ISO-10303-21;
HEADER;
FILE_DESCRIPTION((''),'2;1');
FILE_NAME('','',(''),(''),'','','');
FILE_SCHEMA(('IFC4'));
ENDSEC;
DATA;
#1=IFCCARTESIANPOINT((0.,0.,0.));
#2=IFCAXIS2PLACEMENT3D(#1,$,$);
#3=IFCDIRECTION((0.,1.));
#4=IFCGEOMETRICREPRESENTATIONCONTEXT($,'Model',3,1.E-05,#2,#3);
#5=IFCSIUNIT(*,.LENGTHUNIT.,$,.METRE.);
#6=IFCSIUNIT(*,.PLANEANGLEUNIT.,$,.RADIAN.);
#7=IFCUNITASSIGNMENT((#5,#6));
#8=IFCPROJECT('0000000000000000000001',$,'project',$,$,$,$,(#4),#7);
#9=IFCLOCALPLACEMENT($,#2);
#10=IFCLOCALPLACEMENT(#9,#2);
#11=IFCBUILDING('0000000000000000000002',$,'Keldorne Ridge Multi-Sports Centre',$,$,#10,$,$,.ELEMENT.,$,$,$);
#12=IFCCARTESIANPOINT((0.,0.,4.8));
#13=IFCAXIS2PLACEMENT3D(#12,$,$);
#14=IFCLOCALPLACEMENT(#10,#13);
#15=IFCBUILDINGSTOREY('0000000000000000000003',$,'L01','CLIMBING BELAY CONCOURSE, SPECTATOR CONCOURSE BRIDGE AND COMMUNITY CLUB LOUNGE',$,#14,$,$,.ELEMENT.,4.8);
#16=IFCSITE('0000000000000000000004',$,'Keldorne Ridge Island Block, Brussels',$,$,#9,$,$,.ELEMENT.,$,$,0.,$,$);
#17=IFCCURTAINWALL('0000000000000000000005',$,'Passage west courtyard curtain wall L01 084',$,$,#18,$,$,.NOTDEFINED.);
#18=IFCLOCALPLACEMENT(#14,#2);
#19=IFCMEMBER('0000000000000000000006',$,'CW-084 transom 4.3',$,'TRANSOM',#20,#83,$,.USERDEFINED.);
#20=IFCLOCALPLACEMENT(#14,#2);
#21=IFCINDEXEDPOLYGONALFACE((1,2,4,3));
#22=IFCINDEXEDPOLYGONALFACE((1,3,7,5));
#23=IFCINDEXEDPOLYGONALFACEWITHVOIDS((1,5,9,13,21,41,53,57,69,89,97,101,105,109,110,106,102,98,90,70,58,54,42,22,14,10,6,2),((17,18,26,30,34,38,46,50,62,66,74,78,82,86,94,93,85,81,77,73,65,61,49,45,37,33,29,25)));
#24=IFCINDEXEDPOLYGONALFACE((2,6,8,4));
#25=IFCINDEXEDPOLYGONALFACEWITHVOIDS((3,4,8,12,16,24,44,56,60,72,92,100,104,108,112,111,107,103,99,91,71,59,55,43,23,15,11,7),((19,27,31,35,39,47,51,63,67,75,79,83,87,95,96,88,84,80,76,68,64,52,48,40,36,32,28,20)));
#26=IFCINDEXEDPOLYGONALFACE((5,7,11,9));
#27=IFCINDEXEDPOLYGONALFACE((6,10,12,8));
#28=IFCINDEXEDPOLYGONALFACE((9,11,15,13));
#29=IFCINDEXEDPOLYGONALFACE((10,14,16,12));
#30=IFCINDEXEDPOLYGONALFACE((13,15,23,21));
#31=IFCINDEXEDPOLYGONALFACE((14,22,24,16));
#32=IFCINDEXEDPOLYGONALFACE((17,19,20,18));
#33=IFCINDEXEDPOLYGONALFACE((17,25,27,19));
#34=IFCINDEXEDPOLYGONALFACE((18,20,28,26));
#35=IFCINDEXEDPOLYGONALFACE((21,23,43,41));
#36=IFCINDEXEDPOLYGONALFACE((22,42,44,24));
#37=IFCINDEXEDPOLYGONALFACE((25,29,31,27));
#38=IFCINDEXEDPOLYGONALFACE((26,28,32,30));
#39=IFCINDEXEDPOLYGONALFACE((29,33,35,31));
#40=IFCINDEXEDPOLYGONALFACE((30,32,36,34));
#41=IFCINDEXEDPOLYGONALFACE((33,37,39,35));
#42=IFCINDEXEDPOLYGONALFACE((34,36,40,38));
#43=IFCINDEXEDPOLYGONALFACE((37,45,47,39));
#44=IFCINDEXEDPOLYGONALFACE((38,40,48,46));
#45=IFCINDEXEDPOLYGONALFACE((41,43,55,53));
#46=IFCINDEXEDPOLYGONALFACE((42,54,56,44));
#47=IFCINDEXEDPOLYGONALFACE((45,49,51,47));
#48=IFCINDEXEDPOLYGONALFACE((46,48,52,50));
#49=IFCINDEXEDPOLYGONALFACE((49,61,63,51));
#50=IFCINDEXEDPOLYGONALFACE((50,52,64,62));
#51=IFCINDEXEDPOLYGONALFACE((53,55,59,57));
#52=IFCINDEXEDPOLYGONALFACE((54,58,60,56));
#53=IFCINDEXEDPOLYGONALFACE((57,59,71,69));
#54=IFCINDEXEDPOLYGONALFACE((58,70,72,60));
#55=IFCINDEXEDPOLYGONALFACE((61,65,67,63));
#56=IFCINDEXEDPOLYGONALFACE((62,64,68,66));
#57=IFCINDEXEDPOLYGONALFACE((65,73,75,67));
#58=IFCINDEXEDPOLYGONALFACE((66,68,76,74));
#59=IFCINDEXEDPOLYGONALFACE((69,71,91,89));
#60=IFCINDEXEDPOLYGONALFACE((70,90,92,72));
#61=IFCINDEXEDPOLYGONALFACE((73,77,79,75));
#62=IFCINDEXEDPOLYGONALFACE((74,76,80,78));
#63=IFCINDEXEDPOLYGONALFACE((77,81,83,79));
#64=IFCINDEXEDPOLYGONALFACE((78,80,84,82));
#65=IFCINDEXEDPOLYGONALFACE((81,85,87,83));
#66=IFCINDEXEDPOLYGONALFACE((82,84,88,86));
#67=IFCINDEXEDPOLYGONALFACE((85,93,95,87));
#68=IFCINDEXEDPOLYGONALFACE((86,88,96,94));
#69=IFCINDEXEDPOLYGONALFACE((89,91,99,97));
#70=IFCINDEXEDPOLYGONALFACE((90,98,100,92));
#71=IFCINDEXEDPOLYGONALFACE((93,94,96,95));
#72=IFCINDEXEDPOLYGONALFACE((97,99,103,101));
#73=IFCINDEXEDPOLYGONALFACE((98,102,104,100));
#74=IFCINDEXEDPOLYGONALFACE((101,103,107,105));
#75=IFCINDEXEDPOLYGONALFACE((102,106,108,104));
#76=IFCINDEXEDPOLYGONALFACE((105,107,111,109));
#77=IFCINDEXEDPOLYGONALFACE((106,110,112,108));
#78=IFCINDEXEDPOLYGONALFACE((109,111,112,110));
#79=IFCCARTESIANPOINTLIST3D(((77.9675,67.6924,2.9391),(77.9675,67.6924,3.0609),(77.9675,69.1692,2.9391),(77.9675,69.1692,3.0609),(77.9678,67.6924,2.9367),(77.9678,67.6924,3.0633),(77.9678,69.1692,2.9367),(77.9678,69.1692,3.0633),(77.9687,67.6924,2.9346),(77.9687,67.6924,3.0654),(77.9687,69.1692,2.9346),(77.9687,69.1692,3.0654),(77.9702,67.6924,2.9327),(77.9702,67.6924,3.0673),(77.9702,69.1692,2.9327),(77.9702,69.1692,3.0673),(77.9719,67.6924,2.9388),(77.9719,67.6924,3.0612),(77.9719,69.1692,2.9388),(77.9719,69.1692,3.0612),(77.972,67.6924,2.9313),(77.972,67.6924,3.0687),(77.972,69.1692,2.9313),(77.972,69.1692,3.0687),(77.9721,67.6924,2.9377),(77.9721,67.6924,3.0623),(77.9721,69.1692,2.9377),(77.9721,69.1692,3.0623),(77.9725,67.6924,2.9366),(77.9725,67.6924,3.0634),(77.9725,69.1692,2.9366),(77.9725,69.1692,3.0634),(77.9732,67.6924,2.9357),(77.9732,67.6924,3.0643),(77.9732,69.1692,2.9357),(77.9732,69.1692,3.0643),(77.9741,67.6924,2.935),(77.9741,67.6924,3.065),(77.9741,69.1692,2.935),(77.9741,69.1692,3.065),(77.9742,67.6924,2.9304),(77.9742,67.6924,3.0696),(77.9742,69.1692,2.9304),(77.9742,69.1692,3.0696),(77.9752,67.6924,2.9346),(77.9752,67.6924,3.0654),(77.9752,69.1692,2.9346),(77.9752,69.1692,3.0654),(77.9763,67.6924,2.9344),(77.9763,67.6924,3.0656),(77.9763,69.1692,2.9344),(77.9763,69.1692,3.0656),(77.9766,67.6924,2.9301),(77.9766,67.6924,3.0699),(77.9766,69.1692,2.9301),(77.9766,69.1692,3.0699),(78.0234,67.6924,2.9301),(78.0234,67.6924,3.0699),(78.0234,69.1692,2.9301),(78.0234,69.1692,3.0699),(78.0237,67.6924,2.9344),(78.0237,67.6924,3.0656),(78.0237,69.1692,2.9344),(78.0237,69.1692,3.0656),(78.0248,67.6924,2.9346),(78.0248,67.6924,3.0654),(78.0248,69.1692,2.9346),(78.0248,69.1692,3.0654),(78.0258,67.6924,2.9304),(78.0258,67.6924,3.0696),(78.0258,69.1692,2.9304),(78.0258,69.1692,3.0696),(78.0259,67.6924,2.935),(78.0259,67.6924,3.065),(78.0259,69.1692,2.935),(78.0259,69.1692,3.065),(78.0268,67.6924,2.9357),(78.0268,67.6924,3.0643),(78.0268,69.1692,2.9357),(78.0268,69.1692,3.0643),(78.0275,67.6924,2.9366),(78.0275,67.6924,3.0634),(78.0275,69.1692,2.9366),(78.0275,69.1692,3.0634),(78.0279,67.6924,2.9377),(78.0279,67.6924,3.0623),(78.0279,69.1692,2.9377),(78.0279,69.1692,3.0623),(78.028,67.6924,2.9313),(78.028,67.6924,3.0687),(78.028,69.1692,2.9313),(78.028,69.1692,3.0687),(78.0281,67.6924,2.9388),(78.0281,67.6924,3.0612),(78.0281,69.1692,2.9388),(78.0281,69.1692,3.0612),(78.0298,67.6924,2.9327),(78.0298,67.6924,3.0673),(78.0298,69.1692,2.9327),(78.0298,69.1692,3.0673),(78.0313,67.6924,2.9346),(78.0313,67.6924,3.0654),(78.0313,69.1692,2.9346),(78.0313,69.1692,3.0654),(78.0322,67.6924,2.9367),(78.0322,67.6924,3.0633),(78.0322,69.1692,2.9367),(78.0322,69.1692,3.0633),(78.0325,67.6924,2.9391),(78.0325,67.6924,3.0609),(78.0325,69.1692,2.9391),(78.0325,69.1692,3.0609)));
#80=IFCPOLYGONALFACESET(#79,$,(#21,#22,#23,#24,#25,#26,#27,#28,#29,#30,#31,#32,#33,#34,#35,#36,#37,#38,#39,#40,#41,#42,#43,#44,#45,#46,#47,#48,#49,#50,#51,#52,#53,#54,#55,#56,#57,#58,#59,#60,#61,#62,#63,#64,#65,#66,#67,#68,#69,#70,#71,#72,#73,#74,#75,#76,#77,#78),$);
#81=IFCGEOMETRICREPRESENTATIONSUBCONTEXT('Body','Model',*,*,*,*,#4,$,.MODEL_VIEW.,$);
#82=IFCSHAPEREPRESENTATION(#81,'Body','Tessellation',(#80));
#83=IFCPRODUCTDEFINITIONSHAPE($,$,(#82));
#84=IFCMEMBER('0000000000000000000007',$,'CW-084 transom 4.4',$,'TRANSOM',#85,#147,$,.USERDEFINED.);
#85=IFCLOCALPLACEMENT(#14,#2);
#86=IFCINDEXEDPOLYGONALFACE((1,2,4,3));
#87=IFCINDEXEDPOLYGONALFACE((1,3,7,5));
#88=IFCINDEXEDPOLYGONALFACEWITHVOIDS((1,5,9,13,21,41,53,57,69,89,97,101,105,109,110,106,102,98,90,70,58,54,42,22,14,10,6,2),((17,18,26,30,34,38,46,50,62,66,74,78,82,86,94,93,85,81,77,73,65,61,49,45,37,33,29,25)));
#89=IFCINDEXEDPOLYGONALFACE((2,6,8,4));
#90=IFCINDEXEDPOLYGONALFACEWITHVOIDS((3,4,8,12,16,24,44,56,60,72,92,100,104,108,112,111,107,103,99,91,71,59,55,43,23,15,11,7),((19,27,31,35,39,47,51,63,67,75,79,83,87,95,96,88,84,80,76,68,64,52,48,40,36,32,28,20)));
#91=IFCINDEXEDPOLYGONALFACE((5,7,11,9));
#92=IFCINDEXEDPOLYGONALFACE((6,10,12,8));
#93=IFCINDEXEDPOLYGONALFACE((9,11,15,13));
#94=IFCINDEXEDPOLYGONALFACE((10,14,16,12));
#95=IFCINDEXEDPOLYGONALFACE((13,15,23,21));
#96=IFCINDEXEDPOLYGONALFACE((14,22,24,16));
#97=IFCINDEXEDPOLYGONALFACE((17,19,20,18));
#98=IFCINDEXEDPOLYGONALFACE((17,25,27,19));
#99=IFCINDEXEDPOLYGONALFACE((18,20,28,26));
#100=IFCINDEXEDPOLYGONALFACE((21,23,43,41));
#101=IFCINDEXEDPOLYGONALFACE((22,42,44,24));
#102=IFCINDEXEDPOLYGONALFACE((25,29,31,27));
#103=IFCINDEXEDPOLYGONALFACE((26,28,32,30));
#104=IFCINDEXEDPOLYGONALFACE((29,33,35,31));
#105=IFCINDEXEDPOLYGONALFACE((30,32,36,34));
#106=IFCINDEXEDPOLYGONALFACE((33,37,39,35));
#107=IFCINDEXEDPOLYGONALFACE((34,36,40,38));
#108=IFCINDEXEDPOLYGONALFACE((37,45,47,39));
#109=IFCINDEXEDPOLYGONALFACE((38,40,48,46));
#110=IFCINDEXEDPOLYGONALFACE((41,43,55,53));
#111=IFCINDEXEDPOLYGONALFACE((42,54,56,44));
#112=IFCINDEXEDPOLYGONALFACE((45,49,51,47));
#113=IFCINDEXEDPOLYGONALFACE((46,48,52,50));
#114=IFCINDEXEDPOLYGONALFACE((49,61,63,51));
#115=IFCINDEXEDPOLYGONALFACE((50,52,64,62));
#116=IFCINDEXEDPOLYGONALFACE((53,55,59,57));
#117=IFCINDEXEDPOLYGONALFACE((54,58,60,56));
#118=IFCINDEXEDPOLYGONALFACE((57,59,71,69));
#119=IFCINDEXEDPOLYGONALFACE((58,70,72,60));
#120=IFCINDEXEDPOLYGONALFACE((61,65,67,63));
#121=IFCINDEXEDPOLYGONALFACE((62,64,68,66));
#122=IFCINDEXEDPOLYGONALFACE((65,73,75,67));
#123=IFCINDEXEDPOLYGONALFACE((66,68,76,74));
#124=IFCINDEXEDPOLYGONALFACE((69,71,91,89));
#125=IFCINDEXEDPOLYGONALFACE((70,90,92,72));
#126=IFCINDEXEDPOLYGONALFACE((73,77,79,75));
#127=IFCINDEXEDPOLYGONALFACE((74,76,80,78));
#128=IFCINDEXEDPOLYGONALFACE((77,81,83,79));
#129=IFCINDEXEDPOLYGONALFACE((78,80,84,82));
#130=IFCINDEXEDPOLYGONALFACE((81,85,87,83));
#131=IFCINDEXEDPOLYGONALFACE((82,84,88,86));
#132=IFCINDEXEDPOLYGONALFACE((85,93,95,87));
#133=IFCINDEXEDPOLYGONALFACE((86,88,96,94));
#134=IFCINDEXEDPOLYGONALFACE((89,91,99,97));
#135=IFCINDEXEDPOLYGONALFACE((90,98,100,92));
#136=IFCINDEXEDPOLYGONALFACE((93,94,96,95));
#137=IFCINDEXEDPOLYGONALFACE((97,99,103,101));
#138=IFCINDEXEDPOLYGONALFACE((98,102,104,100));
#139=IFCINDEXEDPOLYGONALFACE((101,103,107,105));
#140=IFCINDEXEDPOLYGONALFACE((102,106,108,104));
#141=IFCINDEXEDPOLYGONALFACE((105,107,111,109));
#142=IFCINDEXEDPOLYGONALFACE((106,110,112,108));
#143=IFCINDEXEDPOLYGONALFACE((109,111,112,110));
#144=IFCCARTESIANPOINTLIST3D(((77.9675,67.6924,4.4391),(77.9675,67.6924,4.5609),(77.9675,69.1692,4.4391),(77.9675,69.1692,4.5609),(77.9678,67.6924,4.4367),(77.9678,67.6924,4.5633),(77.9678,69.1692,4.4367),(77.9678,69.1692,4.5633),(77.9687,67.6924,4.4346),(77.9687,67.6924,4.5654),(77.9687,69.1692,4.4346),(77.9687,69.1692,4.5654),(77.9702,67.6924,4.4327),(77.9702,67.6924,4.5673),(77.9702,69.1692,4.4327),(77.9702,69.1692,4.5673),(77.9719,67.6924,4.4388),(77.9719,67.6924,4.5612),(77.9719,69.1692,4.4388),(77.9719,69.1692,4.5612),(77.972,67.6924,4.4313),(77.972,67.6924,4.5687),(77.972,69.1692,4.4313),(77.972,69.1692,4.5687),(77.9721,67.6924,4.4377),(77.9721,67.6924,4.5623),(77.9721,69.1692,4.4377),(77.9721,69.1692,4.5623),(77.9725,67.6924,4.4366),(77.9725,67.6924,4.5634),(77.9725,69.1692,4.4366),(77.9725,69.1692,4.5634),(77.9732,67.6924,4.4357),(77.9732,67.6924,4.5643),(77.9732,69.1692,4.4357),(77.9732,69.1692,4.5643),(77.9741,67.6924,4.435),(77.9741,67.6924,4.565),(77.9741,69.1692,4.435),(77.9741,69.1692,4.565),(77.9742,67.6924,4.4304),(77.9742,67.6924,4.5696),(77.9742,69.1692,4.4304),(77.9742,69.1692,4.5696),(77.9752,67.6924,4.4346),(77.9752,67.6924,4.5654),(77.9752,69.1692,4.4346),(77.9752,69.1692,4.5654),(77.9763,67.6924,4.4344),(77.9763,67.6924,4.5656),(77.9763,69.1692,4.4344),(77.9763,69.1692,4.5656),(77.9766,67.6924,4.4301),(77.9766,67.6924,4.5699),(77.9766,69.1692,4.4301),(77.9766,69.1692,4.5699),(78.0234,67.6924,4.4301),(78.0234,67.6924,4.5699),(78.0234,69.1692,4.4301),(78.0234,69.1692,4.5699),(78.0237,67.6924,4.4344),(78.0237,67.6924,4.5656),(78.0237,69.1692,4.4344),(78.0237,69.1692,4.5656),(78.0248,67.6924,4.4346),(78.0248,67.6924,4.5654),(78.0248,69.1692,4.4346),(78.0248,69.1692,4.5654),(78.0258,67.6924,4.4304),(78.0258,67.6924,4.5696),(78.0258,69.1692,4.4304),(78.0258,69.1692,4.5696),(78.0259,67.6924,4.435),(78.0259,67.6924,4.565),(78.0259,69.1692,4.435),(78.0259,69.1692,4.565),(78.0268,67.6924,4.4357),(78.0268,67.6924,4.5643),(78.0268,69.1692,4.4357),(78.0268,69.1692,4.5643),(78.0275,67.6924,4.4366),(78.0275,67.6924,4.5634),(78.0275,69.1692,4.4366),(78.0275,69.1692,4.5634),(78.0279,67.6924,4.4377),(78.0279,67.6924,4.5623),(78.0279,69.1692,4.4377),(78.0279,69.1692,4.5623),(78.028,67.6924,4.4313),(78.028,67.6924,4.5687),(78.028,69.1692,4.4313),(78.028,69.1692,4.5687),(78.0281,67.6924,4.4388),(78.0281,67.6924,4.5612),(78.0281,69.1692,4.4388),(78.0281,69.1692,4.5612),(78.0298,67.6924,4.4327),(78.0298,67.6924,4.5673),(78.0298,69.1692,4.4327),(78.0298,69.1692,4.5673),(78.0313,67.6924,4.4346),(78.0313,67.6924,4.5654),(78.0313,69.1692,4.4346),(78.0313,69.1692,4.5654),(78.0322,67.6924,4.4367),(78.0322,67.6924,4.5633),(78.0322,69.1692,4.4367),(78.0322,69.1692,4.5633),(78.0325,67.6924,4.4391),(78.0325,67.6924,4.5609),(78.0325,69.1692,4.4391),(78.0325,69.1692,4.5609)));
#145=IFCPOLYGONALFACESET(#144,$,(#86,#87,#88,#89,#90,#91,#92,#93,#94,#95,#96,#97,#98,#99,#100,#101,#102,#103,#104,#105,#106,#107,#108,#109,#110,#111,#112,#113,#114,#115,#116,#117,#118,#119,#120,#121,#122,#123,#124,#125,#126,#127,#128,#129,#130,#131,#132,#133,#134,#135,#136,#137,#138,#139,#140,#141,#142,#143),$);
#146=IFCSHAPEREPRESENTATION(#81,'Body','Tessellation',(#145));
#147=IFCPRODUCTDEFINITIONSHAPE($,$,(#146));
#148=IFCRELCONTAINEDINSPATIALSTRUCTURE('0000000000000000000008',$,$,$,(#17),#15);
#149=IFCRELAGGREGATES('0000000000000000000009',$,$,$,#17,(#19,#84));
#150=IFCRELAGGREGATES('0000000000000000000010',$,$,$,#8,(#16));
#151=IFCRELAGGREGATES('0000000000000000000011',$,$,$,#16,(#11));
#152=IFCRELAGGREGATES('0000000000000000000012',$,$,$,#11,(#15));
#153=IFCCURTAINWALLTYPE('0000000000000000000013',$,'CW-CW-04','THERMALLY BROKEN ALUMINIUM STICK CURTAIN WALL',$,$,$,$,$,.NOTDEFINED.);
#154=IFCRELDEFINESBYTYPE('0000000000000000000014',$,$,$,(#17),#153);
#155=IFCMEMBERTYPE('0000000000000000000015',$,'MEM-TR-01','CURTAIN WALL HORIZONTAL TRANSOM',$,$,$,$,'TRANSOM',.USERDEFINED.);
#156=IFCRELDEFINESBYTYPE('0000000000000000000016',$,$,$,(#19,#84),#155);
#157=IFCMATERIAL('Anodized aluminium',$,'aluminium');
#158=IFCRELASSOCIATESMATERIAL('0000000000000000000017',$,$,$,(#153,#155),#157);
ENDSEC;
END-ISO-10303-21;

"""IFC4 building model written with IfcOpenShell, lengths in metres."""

from ifc_helpers import new_model, si_unit, direction, frame, origin, origin_2d, place, context, subcontext, project, spatial, hollow_rectangle, extrude, material, material_profile, profile_set, type_object, element, aggregate, save


model = new_model("IFC4")

# Units and contexts
model_context = context("Model", 3, precision=1e-05, world=origin(), true_north=direction((0.0, 1.0)))
body_context = subcontext(model_context, "Body", "Model", "MODEL_VIEW")
ifc_project = project(units=[si_unit("LENGTHUNIT", "METRE"), si_unit("PLANEANGLEUNIT", "RADIAN")], contexts=[model_context])

# Site, building, storey
site_placement = place(None, origin())
site = spatial("IfcSite", under=ifc_project, at=site_placement, Name="Keldorne Ridge Island Block, Brussels", CompositionType="ELEMENT", RefElevation=0.0)
building_placement = place(site_placement, origin())
building = spatial("IfcBuilding", under=site, at=building_placement, Name="Keldorne Ridge Multi-Sports Centre", CompositionType="ELEMENT")
storey_placement = place(building_placement, frame((0.0, 0.0, 4.8)))
storey = spatial("IfcBuildingStorey", under=building, at=storey_placement, Name="L01", Description="CLIMBING BELAY CONCOURSE, SPECTATOR CONCOURSE BRIDGE AND COMMUNITY CLUB LOUNGE", CompositionType="ELEMENT", Elevation=4.8)

# Curtain wall, members
ifc_material_1 = material(Name="Anodized aluminium", Category="aluminium")
curtain_wall_type = type_object("IfcCurtainWallType", Name="CW-CW-04", Description="THERMALLY BROKEN ALUMINIUM STICK CURTAIN WALL", PredefinedType="NOTDEFINED", material=ifc_material_1)
curtain_wall_placement = place(storey_placement, origin())
curtain_wall = element("IfcCurtainWall", 1, at=curtain_wall_placement, inside=storey, type_object=curtain_wall_type, Name="Passage west courtyard curtain wall L01 084", PredefinedType="NOTDEFINED")
ifc_material_profile_1 = material_profile(ifc_material_1, hollow_rectangle(XDim=0.0649, YDim=0.1399, WallThickness=0.0044, InnerFilletRadius=0.0044, OuterFilletRadius=0.009, at=origin_2d()), Name="ALU TRANSOM 140x65x4.5")
ifc_profile_set_1 = profile_set([ifc_material_profile_1], Name="Anodized aluminium")
member_type_1 = type_object("IfcMemberType", Name="MEM-TR-01", Description="CURTAIN WALL HORIZONTAL TRANSOM", ElementType="TRANSOM", PredefinedType="USERDEFINED", material=ifc_profile_set_1)
member_1_placement = place(storey_placement, frame((78.0, 69.1692, 3.0), z_axis=(0.0, -1.0, 0.0), x_axis=(1.0, 0.0, 0.0)))
member_1 = element("IfcMember", 2, at=member_1_placement, type_object=member_type_1, Name="CW-084 transom 4.3", ObjectType="TRANSOM", PredefinedType="USERDEFINED", context=body_context, shape_type="SweptSolid", body=[
    extrude(hollow_rectangle(XDim=0.0649, YDim=0.1399, WallThickness=0.0044, InnerFilletRadius=0.0044, OuterFilletRadius=0.009, at=origin_2d()), origin(), (0.0, 0.0, 1.0), 1.4768),
])
member_2_placement = place(storey_placement, frame((78.0, 69.1692, 4.5), z_axis=(0.0, -1.0, 0.0), x_axis=(1.0, 0.0, 0.0)))
member_2 = element("IfcMember", 3, at=member_2_placement, type_object=member_type_1, Name="CW-084 transom 4.4", ObjectType="TRANSOM", PredefinedType="USERDEFINED", context=body_context, shape_type="SweptSolid", body=[
    extrude(hollow_rectangle(XDim=0.0649, YDim=0.1399, WallThickness=0.0044, InnerFilletRadius=0.0044, OuterFilletRadius=0.009, at=origin_2d()), origin(), (0.0, 0.0, 1.0), 1.4768),
])
aggregate(curtain_wall, [member_1, member_2])

save(model, "model.ifc")
